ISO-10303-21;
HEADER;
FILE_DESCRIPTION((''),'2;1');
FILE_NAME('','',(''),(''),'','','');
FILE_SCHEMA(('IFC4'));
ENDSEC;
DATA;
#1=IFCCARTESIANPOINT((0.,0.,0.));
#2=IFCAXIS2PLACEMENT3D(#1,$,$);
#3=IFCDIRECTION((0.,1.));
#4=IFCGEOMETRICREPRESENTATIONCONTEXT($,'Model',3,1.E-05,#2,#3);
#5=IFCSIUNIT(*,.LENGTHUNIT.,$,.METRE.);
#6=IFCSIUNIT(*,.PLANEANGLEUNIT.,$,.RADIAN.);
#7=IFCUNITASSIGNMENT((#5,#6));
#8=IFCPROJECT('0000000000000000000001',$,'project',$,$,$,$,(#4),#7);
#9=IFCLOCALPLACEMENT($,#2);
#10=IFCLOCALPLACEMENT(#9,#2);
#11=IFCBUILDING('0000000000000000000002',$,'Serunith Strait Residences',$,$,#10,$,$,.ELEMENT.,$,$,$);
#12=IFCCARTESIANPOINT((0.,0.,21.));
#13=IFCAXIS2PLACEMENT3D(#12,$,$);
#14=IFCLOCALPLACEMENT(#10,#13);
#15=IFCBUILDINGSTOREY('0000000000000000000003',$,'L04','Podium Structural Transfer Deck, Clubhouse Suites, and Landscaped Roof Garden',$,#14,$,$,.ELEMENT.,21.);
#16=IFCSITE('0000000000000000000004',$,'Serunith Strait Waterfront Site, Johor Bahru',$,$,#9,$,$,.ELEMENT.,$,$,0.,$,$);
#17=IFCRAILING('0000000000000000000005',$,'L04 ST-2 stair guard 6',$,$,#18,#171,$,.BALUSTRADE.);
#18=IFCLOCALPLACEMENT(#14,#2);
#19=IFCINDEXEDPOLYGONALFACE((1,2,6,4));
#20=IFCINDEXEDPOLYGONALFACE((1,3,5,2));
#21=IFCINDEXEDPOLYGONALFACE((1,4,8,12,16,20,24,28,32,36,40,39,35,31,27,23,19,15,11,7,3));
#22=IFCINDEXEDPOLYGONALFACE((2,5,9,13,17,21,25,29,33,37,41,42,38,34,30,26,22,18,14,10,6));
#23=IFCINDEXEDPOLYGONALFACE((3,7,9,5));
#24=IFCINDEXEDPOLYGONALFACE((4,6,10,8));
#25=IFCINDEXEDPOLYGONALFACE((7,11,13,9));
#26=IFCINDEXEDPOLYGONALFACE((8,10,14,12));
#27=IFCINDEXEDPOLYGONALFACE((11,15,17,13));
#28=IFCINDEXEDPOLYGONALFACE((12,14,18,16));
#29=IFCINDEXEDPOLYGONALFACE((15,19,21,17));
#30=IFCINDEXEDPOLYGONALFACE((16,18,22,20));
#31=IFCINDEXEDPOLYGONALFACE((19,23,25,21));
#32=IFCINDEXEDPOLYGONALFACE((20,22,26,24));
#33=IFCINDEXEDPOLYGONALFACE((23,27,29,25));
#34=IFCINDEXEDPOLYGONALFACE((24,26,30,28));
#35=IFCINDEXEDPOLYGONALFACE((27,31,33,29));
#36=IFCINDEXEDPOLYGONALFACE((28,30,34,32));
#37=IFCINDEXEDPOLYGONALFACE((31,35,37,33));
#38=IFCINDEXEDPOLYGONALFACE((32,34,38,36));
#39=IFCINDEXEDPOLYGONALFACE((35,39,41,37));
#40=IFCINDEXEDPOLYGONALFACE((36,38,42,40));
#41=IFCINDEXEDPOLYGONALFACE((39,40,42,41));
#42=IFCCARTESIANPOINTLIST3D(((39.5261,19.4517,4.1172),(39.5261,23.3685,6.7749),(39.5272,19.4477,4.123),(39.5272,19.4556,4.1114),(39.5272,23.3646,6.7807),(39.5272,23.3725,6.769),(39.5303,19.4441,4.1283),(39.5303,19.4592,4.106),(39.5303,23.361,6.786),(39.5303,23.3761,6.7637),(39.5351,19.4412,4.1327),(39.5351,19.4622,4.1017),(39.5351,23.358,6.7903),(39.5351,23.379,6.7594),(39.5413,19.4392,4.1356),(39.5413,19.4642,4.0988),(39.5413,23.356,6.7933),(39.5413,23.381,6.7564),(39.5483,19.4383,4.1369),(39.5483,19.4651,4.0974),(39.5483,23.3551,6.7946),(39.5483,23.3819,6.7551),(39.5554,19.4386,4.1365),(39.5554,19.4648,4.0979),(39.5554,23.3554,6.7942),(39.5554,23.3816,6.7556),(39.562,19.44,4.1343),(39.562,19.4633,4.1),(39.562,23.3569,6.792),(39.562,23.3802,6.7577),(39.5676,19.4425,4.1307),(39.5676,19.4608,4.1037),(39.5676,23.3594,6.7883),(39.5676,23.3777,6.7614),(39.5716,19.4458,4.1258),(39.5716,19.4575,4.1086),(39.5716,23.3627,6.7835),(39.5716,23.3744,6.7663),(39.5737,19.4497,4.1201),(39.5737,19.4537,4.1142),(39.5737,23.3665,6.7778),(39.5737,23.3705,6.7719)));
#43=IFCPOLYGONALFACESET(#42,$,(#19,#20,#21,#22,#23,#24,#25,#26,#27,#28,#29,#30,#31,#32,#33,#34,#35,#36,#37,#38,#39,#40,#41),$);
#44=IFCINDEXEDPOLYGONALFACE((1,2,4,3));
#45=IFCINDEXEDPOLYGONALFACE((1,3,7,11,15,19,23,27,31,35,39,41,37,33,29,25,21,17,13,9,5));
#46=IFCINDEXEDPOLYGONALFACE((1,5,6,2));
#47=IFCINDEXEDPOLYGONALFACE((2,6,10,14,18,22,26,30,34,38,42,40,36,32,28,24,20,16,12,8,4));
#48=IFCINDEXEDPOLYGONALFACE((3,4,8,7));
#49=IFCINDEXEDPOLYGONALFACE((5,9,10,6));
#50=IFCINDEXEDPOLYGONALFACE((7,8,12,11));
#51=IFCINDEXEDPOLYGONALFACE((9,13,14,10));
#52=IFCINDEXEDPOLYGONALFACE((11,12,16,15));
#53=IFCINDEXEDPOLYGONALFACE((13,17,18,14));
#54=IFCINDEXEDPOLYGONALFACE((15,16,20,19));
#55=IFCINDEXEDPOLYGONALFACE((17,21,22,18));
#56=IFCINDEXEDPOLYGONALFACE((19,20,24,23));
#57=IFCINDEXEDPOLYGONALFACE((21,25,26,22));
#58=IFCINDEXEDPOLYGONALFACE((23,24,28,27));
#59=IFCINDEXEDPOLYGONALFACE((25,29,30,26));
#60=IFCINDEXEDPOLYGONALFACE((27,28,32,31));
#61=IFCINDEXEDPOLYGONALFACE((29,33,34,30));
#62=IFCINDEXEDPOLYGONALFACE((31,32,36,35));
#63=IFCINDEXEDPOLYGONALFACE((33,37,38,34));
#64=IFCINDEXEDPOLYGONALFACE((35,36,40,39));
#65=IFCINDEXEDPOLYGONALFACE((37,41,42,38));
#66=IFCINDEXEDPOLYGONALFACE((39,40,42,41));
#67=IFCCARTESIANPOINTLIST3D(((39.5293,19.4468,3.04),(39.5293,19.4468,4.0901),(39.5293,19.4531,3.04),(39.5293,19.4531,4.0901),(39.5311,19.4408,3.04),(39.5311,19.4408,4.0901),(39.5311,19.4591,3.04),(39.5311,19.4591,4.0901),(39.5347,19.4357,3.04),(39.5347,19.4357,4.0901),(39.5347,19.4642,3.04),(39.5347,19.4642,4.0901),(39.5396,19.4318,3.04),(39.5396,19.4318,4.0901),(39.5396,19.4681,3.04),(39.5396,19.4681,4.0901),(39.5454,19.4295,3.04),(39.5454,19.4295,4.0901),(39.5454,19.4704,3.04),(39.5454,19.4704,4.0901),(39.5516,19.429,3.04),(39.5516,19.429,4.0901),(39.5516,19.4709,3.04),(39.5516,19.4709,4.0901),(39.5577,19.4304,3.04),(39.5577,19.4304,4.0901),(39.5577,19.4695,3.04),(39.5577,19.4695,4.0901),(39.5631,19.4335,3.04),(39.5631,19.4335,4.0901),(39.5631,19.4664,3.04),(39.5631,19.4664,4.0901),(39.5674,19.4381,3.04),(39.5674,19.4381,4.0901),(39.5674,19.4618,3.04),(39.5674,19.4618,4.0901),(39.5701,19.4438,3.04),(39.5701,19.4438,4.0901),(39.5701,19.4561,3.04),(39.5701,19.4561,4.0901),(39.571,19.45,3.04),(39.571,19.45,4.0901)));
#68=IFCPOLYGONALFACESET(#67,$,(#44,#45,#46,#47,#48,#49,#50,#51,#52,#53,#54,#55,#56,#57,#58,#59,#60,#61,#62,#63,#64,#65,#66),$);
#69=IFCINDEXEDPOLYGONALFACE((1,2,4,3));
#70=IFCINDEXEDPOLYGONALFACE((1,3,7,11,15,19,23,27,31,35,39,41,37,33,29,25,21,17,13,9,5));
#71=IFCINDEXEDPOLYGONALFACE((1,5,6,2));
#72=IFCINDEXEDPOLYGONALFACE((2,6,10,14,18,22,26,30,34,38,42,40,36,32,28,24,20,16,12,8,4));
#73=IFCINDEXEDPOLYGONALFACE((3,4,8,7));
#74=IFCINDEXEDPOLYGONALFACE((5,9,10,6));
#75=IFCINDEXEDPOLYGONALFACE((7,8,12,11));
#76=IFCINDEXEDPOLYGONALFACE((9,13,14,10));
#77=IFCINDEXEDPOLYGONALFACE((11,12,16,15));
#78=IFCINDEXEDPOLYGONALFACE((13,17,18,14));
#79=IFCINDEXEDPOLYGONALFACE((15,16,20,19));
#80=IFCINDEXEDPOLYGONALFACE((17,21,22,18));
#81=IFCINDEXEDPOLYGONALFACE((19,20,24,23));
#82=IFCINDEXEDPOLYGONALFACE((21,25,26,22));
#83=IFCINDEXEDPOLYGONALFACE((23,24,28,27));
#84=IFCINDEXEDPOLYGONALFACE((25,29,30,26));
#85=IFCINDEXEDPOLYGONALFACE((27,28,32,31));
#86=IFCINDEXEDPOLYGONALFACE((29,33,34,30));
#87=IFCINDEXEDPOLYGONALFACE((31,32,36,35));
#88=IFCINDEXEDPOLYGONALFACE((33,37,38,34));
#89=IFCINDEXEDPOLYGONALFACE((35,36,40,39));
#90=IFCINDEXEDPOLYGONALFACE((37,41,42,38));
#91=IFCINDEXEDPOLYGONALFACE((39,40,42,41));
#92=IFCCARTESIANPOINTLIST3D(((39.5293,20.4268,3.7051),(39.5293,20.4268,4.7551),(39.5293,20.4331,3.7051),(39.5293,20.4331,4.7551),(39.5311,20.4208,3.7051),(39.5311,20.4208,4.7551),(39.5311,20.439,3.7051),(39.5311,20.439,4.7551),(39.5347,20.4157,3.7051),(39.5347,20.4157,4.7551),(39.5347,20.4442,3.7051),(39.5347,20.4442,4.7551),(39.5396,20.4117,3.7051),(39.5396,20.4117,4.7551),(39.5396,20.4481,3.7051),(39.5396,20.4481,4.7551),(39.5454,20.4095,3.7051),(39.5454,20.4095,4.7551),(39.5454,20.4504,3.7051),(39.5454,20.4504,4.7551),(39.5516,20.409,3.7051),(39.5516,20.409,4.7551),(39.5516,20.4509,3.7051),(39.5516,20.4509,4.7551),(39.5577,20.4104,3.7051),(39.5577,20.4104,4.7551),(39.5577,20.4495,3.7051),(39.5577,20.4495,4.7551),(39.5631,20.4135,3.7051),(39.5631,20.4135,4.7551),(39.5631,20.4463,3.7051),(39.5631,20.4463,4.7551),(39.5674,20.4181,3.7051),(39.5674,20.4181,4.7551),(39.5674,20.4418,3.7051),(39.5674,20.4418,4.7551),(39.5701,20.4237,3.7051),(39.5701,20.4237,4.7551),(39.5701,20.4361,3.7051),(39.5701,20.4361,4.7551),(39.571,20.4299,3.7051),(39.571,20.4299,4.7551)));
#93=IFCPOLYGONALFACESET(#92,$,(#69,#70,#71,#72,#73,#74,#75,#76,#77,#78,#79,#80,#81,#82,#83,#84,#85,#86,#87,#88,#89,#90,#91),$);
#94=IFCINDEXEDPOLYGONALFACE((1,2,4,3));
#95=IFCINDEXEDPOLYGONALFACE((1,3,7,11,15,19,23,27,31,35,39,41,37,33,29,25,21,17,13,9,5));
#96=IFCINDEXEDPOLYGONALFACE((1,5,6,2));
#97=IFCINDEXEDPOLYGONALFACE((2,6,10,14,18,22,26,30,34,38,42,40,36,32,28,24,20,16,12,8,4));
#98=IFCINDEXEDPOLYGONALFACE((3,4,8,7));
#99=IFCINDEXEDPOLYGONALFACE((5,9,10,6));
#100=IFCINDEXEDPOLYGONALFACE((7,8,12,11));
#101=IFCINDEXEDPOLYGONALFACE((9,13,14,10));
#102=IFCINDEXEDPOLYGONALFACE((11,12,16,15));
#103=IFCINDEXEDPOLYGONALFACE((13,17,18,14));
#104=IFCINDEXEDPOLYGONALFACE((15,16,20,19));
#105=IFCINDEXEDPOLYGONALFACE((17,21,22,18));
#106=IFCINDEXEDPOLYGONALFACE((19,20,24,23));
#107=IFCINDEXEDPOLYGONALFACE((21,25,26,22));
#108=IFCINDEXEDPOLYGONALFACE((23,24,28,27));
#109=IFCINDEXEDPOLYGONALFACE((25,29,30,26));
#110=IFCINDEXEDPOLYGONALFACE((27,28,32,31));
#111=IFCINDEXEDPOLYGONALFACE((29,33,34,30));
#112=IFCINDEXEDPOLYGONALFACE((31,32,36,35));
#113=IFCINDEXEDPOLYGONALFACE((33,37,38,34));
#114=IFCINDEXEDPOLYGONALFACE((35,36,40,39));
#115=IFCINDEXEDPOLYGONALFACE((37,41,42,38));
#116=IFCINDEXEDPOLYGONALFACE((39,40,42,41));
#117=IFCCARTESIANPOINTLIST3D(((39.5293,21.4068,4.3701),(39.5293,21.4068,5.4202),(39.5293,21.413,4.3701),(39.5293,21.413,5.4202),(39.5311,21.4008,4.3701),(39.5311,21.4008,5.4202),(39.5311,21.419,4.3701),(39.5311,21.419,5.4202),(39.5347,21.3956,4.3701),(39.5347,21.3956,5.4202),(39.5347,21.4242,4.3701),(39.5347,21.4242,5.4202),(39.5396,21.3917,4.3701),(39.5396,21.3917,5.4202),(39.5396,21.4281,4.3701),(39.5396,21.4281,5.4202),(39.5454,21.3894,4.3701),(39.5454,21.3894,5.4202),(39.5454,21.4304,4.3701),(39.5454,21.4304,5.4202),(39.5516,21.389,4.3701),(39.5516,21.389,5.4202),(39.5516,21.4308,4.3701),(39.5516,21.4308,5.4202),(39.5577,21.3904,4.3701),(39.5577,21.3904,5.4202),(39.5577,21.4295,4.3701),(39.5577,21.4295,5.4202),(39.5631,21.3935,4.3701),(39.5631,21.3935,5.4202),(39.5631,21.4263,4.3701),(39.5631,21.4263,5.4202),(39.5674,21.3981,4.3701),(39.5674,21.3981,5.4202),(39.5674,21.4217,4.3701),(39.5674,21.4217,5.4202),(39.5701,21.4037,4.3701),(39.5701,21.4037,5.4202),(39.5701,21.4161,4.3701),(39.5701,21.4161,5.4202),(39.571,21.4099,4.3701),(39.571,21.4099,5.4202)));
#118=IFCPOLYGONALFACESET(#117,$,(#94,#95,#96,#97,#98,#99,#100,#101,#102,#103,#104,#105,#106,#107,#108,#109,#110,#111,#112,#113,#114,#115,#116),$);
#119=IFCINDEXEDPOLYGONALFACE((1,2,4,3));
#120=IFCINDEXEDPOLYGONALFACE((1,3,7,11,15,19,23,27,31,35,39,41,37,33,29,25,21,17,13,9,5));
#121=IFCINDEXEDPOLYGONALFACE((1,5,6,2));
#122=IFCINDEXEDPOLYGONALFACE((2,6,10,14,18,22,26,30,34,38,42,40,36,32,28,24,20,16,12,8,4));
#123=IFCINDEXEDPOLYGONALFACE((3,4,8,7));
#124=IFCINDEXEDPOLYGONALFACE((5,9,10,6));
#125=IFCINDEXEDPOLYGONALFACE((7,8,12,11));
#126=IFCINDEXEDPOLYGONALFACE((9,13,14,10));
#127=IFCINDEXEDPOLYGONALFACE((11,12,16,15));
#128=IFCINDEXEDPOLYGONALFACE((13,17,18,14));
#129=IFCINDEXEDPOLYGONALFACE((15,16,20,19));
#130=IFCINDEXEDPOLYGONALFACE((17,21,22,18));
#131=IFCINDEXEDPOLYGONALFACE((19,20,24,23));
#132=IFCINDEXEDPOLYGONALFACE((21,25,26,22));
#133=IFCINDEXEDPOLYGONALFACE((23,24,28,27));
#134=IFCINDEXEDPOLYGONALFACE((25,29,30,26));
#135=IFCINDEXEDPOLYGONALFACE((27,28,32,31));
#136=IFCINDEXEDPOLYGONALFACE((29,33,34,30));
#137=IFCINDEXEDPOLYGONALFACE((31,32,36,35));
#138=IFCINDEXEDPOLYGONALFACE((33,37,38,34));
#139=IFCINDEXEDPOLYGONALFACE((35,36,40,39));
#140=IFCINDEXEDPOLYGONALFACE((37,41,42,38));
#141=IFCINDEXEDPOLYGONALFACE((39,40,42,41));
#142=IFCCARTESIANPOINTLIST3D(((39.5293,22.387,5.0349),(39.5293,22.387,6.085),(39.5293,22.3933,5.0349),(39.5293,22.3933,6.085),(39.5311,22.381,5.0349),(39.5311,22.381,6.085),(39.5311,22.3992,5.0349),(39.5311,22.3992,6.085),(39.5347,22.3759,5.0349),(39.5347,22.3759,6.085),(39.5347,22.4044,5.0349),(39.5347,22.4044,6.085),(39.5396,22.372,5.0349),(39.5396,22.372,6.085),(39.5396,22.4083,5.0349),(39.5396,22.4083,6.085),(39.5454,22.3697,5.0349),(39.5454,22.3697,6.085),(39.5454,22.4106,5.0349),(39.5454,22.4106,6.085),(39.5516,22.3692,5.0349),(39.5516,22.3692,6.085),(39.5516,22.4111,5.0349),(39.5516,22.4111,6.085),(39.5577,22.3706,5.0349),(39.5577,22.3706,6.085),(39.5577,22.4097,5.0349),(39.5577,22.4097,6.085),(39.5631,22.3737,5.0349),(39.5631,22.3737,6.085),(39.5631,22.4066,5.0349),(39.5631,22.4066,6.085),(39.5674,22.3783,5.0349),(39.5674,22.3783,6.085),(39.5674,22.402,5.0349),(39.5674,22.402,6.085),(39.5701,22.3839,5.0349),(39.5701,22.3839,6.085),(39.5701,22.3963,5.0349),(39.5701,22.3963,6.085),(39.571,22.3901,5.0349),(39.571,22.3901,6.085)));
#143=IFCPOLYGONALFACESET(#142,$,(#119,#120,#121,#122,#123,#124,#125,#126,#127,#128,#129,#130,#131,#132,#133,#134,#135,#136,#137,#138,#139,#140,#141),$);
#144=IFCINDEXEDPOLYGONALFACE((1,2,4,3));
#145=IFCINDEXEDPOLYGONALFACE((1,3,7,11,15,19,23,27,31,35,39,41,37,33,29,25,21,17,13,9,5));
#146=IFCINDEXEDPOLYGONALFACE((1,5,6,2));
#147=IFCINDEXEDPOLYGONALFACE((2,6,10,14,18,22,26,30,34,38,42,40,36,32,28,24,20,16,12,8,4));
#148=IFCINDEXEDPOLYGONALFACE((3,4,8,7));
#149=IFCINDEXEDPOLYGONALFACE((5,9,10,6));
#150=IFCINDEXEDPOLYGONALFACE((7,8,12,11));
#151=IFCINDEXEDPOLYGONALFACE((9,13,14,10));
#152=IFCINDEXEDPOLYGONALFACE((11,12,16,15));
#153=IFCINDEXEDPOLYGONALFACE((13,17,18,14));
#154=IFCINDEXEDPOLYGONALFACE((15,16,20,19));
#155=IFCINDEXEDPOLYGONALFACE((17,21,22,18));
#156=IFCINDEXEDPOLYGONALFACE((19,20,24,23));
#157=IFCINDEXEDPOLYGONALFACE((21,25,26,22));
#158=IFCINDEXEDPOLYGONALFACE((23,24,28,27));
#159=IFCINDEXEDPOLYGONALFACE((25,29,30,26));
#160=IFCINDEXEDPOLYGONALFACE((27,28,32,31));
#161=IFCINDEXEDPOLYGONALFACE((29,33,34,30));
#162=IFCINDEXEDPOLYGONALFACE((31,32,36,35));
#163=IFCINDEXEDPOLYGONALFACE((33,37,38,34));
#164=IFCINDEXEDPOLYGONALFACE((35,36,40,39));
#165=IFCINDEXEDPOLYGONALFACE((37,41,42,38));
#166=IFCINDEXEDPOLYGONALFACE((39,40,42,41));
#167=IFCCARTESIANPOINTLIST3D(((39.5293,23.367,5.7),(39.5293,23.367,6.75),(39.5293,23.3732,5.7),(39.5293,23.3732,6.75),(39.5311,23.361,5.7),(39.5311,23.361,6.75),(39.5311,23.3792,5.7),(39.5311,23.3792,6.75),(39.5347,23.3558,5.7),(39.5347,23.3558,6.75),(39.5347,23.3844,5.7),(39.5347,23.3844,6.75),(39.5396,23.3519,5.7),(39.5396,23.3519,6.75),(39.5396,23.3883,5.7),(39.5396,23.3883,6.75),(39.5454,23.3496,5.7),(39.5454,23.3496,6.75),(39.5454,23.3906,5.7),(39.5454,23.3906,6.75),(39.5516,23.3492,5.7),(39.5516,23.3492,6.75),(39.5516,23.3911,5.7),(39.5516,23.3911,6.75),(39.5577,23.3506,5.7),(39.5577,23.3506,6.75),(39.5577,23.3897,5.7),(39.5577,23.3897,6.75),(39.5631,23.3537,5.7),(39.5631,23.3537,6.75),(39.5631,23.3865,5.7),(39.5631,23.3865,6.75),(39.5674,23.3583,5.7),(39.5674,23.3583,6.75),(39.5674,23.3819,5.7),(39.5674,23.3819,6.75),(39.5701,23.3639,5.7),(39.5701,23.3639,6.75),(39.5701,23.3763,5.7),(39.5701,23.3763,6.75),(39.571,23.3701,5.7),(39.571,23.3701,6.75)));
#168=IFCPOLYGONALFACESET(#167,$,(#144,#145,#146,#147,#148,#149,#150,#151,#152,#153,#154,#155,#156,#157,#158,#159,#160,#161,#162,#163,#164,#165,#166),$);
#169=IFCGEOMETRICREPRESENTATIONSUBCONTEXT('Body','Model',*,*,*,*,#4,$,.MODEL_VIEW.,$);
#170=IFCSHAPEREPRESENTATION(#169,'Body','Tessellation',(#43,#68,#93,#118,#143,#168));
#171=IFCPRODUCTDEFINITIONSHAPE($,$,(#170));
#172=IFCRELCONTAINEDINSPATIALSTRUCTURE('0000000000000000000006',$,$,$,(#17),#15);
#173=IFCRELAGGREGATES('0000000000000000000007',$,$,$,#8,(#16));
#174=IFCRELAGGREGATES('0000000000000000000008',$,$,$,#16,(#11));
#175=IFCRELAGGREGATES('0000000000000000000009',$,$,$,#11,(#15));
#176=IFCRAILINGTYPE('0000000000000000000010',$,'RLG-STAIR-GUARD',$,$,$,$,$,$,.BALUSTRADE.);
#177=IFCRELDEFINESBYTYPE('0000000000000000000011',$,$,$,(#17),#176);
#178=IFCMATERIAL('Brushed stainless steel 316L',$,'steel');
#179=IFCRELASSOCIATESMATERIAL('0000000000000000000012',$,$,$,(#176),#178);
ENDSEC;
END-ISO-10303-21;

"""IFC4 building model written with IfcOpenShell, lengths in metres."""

from ifc_helpers import new_model, si_unit, direction, frame, origin, origin_2d, place, context, subcontext, project, spatial, circle, extrude, material, type_object, element, save


model = new_model("IFC4")

# Units and contexts
model_context = context("Model", 3, precision=1e-05, world=origin(), true_north=direction((0.0, 1.0)))
body_context = subcontext(model_context, "Body", "Model", "MODEL_VIEW")
ifc_project = project(units=[si_unit("LENGTHUNIT", "METRE"), si_unit("PLANEANGLEUNIT", "RADIAN")], contexts=[model_context])

# Site, building, storey
site_placement = place(None, origin())
site = spatial("IfcSite", under=ifc_project, at=site_placement, Name="Serunith Strait Waterfront Site, Johor Bahru", CompositionType="ELEMENT", RefElevation=0.0)
building_placement = place(site_placement, origin())
building = spatial("IfcBuilding", under=site, at=building_placement, Name="Serunith Strait Residences", CompositionType="ELEMENT")
storey_placement = place(building_placement, frame((0.0, 0.0, 21.0)))
storey = spatial("IfcBuildingStorey", under=building, at=storey_placement, Name="L04", Description="Podium Structural Transfer Deck, Clubhouse Suites, and Landscaped Roof Garden", CompositionType="ELEMENT", Elevation=21.0)

# Railing
ifc_material_1 = material(Name="Brushed stainless steel 316L", Category="steel")
railing_type_1 = type_object("IfcRailingType", Name="RLG-STAIR-GUARD", PredefinedType="BALUSTRADE", material=ifc_material_1)
railing_1_placement = place(storey_placement, frame((39.55, 19.45, 3.04)))
element("IfcRailing", 1, at=railing_1_placement, inside=storey, type_object=railing_type_1, Name="L04 ST-2 stair guard 6", PredefinedType="BALUSTRADE", context=body_context, shape_type="SweptSolid", body=[
    extrude(circle(Radius=0.0239, at=origin_2d()), frame((0.0, 0.0017, 1.0771), z_axis=(0.0, 0.827495, 0.561472), x_axis=(-1.0, 0.0, 0.0)), (0.0, 0.0, 1.0), 4.7334),
    extrude(circle(Radius=0.021, at=origin_2d()), origin(), (0.0, 0.0, 1.0), 1.05),
    extrude(circle(Radius=0.021, at=origin_2d()), frame((0.0, 0.98, 0.665)), (0.0, 0.0, 1.0), 1.05),
    extrude(circle(Radius=0.021, at=origin_2d()), frame((0.0, 1.96, 1.3301)), (0.0, 0.0, 1.0), 1.05),
    extrude(circle(Radius=0.021, at=origin_2d()), frame((0.0, 2.9402, 1.9949)), (0.0, 0.0, 1.0), 1.05),
    extrude(circle(Radius=0.021, at=origin_2d()), frame((0.0, 3.9202, 2.6599)), (0.0, 0.0, 1.0), 1.05),
])

save(model, "model.ifc")
